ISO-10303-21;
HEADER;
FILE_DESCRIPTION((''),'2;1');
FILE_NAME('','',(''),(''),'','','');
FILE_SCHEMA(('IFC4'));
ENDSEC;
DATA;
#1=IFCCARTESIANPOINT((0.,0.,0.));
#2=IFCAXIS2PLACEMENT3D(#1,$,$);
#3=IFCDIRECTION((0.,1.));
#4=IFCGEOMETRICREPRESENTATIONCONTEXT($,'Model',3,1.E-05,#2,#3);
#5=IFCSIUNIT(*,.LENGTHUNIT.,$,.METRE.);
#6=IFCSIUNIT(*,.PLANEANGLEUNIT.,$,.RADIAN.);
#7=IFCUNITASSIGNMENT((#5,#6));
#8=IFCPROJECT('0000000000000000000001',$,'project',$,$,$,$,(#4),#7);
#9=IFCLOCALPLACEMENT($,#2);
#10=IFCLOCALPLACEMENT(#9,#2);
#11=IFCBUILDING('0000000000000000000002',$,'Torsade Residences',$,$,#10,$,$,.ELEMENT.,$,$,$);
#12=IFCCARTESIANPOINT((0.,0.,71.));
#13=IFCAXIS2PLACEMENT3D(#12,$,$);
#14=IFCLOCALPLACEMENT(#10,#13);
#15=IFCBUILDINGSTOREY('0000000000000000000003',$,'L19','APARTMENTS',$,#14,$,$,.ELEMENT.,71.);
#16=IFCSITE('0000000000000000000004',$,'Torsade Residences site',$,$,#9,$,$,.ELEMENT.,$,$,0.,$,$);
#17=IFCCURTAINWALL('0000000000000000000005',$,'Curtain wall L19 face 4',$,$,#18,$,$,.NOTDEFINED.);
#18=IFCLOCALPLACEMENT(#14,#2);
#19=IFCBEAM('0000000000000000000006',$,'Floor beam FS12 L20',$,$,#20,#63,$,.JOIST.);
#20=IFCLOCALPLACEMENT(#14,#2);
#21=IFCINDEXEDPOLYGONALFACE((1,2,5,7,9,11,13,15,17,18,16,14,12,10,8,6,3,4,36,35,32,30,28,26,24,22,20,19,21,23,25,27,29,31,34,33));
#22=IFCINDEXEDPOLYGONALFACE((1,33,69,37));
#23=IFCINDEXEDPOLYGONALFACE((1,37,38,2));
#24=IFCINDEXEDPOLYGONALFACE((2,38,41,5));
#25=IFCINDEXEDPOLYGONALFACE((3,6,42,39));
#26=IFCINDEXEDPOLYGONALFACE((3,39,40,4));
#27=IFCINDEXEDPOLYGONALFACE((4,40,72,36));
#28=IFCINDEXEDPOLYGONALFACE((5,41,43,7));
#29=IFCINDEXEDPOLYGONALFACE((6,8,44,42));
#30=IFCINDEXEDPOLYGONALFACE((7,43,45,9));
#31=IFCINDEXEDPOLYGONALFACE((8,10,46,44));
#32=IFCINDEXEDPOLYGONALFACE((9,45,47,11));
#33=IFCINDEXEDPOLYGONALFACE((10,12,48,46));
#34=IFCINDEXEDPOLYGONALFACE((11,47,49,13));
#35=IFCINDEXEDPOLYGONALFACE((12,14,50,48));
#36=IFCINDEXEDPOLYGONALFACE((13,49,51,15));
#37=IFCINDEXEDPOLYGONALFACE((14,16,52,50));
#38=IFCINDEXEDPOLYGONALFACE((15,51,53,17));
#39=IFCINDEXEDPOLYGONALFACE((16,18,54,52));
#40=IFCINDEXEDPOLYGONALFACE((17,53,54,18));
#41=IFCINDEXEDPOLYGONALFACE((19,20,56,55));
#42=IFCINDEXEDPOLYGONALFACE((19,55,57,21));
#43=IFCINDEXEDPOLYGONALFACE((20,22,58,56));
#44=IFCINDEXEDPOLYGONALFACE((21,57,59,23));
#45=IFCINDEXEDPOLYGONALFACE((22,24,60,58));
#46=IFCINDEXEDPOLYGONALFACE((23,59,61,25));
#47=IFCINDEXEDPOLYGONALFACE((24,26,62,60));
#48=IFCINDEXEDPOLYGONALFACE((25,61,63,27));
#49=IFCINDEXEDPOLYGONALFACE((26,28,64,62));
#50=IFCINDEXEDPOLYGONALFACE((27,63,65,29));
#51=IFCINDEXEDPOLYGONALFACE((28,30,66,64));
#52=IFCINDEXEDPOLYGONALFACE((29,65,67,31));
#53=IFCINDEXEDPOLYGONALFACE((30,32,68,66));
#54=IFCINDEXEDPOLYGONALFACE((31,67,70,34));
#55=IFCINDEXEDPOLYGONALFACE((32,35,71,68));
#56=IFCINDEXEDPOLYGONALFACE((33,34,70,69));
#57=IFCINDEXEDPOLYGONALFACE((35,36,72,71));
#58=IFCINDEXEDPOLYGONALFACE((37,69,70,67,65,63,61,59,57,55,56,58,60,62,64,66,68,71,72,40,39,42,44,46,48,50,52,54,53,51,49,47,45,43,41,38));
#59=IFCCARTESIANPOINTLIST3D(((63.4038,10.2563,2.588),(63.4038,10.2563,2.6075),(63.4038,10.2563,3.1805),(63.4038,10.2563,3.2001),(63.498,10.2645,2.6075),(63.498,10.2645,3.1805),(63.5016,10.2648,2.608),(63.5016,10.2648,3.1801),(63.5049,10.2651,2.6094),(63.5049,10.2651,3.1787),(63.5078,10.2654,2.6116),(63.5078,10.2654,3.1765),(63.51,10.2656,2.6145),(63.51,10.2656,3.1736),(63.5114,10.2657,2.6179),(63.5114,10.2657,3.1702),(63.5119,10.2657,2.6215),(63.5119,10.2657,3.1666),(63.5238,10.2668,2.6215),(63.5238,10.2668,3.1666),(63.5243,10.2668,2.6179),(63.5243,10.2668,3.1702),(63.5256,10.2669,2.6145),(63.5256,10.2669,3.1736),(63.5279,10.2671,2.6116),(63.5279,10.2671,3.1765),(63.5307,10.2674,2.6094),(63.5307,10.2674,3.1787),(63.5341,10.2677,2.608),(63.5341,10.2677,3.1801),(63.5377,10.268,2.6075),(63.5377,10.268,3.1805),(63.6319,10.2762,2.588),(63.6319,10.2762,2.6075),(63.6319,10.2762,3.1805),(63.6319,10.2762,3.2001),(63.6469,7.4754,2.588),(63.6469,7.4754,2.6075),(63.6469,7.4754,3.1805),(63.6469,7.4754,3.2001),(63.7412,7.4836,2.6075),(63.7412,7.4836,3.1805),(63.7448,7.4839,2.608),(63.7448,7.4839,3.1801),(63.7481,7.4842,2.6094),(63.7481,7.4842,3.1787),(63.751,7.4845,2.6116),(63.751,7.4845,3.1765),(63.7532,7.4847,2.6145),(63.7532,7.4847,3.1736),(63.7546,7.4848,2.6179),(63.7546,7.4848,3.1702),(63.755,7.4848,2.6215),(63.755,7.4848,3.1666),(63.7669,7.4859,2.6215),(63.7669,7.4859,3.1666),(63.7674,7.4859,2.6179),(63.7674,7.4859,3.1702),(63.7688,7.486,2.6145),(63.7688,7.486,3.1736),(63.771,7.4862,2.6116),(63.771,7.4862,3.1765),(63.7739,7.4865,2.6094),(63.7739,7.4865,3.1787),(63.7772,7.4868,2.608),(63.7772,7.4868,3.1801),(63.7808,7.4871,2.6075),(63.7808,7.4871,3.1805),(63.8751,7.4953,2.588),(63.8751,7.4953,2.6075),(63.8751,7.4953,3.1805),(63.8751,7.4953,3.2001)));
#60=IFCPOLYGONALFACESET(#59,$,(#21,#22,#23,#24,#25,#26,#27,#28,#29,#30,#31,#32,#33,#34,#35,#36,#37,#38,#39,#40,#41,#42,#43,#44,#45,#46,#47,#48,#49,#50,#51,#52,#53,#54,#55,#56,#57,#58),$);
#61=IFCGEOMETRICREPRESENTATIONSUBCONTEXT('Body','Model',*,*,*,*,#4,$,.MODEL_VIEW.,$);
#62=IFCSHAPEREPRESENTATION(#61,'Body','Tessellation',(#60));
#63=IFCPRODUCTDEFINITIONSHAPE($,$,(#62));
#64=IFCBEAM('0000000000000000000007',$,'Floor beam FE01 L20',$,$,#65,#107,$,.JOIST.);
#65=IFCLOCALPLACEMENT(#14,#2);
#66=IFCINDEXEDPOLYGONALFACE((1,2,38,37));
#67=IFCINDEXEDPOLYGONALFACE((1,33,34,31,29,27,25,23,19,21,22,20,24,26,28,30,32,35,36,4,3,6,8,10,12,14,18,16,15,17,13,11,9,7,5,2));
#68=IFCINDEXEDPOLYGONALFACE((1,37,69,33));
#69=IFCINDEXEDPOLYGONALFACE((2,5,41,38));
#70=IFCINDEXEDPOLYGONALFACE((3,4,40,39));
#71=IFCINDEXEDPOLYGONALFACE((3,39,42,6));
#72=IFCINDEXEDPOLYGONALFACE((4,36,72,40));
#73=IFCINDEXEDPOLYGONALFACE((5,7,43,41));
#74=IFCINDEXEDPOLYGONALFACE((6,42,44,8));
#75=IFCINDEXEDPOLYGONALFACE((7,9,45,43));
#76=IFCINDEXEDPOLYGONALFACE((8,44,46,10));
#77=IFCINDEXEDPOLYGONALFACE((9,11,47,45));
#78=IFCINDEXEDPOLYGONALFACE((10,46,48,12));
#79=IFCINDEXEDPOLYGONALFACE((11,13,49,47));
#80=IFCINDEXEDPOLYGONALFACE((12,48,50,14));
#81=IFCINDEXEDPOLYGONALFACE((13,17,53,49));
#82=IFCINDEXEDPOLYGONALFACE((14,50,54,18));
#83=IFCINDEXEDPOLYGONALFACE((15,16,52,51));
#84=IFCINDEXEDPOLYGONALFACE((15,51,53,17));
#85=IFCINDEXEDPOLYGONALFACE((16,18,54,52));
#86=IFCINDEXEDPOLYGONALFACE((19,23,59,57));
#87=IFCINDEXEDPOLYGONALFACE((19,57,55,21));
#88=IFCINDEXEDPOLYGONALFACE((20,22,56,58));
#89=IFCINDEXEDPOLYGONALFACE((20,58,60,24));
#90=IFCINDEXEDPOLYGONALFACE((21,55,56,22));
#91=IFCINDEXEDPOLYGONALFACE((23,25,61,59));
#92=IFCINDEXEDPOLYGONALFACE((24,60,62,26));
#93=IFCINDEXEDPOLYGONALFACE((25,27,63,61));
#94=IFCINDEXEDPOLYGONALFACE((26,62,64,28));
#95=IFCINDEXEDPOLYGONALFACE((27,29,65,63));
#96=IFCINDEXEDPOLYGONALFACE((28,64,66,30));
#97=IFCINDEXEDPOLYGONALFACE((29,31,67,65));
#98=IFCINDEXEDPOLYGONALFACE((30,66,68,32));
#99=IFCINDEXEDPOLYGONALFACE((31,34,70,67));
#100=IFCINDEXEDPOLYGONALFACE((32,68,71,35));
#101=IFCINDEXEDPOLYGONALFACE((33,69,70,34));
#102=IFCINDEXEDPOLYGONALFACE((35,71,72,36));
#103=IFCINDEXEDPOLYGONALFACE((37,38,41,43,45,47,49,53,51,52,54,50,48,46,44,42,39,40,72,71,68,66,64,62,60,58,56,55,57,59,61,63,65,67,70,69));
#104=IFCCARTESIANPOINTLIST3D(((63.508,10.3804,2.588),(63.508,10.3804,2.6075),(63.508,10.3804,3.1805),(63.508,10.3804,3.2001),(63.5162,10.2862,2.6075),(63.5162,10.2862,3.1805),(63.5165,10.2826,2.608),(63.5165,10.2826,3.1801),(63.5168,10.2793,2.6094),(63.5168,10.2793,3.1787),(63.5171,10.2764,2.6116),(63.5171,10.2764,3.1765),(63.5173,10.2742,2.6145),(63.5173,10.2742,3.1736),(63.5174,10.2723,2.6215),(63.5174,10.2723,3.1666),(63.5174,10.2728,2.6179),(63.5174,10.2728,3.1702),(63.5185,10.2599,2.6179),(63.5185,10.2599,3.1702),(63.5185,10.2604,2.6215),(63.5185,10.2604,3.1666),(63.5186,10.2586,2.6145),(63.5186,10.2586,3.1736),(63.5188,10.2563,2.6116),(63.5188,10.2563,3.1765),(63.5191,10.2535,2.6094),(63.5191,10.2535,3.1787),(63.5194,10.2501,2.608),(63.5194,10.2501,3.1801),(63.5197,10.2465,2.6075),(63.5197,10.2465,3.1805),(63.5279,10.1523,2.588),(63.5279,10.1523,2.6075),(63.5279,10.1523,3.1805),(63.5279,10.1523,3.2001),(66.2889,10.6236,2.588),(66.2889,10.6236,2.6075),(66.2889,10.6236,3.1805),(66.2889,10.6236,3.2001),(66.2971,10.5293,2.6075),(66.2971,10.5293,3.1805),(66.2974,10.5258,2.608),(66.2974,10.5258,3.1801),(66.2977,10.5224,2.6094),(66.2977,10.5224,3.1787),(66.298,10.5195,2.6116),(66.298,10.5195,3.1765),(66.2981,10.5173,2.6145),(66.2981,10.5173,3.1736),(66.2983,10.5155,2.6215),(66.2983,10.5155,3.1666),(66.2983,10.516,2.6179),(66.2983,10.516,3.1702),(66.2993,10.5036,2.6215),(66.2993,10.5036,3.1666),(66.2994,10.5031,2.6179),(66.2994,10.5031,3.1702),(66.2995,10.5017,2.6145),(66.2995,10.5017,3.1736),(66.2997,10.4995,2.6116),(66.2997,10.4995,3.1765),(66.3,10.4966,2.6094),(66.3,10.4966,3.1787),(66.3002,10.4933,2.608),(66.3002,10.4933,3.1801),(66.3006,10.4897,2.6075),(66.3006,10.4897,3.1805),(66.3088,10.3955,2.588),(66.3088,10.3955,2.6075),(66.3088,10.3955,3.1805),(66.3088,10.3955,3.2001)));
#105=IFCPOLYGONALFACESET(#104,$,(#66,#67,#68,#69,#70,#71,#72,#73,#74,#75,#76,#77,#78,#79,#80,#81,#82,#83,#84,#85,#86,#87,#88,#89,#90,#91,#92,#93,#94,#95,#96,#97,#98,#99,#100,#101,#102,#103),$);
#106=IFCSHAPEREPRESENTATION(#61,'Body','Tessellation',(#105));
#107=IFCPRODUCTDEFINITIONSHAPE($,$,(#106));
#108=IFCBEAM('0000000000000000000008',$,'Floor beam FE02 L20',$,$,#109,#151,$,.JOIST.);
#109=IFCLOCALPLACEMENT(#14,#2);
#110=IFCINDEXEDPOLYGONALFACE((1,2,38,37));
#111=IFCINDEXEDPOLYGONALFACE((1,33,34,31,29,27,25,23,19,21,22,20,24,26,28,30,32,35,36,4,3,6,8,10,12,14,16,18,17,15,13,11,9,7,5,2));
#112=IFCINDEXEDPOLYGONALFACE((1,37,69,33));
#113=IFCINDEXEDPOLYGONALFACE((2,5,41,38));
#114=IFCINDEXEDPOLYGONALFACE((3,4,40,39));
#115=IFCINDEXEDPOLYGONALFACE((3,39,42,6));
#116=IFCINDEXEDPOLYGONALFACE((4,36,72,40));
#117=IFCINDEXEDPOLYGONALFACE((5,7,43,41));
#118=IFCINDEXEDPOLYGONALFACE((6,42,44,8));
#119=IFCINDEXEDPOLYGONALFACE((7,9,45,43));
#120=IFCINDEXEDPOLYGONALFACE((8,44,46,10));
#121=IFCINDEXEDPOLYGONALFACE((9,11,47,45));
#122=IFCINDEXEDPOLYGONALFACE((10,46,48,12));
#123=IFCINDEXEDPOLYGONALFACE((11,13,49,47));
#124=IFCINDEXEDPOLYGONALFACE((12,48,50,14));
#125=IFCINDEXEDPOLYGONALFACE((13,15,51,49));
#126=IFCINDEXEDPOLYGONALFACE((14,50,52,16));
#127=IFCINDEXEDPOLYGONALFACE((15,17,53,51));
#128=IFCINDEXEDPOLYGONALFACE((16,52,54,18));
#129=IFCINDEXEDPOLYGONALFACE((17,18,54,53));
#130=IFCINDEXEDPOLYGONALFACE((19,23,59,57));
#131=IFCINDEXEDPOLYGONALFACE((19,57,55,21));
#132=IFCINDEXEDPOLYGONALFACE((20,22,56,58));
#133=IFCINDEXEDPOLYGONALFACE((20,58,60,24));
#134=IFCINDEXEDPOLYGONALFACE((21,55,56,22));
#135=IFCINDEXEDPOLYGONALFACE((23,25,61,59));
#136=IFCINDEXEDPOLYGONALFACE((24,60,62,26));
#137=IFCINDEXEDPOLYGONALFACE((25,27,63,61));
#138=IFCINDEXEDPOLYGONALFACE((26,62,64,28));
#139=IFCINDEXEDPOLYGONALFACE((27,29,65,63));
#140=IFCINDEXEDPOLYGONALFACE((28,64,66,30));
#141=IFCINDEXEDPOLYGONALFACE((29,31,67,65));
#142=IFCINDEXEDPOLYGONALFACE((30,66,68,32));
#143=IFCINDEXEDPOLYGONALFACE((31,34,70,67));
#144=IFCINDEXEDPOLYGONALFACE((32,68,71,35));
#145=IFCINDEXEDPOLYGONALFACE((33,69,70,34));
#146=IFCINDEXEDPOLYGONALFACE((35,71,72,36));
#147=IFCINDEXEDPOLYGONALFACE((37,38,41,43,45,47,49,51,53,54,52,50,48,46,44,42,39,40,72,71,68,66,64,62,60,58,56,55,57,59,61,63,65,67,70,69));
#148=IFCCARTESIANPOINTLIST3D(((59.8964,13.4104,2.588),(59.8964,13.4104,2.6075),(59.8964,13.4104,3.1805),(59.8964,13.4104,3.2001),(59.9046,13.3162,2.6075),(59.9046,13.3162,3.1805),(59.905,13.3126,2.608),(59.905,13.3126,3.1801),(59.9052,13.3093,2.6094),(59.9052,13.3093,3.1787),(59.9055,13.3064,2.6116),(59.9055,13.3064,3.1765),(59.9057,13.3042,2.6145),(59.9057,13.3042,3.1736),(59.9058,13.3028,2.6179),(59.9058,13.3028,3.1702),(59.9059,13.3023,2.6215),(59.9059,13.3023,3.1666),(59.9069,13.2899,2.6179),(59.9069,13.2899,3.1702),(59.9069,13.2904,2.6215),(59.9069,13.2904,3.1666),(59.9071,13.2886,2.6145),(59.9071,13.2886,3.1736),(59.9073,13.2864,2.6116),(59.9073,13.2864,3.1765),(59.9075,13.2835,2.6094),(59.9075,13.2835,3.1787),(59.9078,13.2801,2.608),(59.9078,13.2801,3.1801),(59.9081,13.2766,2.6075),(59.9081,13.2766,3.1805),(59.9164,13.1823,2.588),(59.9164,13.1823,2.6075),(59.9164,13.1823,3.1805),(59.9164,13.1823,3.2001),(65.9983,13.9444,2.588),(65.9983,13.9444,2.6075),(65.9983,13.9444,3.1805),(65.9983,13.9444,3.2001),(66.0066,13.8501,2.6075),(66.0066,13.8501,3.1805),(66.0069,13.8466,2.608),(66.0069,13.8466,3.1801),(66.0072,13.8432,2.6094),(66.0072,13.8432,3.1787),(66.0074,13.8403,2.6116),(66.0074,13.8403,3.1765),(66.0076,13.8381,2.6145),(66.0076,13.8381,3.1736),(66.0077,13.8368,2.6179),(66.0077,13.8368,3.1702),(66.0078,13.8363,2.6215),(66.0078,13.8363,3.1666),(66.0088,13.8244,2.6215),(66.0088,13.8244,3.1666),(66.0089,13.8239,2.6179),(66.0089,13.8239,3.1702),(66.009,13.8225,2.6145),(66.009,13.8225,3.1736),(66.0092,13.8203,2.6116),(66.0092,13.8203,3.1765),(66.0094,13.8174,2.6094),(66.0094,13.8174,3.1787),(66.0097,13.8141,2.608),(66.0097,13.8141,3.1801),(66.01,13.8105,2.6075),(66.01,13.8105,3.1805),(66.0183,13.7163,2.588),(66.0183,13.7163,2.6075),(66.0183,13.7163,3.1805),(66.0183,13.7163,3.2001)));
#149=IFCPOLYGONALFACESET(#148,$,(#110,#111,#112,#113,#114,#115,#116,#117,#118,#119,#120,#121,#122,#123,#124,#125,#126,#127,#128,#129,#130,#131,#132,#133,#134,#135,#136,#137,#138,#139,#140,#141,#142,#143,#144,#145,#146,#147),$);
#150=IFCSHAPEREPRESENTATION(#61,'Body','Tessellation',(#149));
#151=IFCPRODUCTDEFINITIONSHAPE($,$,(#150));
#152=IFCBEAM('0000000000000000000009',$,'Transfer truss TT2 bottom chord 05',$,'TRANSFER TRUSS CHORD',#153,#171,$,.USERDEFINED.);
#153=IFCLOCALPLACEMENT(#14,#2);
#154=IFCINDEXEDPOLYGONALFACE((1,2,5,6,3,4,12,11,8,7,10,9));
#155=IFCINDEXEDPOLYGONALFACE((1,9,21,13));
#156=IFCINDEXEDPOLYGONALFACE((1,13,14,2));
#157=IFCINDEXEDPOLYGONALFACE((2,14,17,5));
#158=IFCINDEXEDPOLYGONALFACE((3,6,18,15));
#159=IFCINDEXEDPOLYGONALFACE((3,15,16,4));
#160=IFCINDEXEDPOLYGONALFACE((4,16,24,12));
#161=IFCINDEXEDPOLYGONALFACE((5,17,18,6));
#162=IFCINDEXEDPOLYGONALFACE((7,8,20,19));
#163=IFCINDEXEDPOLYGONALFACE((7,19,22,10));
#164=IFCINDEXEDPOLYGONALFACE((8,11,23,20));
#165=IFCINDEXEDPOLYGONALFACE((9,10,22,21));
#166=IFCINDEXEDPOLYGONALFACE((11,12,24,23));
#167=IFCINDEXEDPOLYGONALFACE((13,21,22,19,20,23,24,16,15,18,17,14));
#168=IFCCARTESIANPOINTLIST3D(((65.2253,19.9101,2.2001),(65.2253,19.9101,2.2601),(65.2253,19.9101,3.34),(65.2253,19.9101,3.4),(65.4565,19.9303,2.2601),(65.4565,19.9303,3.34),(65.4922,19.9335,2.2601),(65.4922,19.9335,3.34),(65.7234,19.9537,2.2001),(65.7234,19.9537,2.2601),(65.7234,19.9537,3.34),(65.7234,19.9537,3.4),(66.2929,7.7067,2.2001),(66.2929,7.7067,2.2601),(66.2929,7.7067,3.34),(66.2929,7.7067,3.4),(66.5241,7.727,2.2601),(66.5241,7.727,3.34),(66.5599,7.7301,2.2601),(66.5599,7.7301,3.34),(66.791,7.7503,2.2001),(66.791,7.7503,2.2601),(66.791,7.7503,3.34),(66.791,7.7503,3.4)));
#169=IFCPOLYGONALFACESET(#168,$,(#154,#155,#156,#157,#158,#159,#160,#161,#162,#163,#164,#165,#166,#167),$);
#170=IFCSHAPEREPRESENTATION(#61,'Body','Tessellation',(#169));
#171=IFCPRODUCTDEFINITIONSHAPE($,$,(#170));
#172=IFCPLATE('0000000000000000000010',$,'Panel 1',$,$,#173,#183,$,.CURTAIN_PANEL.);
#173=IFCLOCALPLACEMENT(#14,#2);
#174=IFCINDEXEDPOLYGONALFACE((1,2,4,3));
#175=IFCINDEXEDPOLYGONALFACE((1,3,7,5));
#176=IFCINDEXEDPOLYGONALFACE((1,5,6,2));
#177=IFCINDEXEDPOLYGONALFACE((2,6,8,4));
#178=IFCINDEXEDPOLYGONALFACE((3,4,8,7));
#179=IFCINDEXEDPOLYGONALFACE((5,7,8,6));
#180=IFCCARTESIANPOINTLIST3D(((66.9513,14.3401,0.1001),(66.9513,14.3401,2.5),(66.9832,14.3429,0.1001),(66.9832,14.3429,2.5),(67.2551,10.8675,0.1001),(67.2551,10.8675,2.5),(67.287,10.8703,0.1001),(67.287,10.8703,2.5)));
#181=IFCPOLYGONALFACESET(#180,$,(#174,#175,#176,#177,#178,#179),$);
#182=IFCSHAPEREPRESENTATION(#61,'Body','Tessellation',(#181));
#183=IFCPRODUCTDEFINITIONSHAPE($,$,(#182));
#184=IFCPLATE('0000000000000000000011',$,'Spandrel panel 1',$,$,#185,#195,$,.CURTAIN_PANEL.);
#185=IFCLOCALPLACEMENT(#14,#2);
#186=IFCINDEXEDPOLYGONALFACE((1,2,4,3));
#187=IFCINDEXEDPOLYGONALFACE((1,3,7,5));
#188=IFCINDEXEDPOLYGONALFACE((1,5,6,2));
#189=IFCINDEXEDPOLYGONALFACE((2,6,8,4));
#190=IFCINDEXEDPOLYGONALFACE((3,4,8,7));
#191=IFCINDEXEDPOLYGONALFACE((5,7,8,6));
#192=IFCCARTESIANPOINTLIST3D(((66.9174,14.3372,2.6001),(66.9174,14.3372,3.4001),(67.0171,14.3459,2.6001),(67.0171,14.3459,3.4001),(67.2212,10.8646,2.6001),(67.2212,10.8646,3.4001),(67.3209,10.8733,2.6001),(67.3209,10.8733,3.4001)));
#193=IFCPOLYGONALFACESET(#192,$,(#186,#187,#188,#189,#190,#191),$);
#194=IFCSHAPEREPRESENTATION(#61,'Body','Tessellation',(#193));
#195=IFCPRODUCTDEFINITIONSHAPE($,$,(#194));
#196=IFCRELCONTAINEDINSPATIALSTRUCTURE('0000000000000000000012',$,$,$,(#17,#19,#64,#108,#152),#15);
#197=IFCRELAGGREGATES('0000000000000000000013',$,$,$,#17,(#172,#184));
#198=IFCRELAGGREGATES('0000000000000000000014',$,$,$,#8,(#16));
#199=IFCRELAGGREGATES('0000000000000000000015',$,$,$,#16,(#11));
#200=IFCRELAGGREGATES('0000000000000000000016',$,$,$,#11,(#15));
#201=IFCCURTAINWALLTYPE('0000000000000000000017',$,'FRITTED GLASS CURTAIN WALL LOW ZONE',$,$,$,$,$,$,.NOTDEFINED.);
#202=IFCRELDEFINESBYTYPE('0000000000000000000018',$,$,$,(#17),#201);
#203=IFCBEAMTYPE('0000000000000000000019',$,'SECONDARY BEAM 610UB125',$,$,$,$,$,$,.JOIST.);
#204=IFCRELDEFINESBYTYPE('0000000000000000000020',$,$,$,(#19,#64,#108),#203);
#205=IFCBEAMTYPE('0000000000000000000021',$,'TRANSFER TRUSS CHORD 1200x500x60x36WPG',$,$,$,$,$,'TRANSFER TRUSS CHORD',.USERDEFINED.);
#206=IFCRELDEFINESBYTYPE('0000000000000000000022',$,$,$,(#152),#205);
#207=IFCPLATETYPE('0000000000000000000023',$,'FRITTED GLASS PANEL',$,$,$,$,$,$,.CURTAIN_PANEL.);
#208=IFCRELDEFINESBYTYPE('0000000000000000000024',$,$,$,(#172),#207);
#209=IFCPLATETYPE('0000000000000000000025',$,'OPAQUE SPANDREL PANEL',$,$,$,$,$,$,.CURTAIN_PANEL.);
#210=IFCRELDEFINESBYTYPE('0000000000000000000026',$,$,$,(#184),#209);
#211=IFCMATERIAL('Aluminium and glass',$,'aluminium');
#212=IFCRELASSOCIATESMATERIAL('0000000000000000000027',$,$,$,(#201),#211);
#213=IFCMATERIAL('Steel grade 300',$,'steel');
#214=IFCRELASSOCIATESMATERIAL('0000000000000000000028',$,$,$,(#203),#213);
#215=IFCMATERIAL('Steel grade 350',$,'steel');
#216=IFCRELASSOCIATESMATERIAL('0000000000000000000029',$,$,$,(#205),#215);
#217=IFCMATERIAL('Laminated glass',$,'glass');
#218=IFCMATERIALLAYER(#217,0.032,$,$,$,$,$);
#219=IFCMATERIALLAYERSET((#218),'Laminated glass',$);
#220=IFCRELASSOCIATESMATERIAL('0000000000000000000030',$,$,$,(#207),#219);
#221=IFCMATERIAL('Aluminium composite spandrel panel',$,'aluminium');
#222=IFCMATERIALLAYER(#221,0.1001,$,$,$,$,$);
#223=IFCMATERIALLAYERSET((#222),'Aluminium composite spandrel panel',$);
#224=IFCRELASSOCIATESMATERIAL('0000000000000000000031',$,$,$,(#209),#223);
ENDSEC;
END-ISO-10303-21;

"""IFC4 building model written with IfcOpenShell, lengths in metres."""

from ifc_helpers import new_model, si_unit, direction, frame, origin, origin_2d, place, context, subcontext, project, spatial, rectangle, i_section, extrude, material, layer, layer_set, material_profile, profile_set, type_object, element, aggregate, save


model = new_model("IFC4")

# Units and contexts
model_context = context("Model", 3, precision=1e-05, world=origin(), true_north=direction((0.0, 1.0)))
body_context = subcontext(model_context, "Body", "Model", "MODEL_VIEW")
ifc_project = project(units=[si_unit("LENGTHUNIT", "METRE"), si_unit("PLANEANGLEUNIT", "RADIAN")], contexts=[model_context])

# Site, building, storey
site_placement = place(None, origin())
site = spatial("IfcSite", under=ifc_project, at=site_placement, Name="Torsade Residences site", CompositionType="ELEMENT", RefElevation=0.0)
building_placement = place(site_placement, origin())
building = spatial("IfcBuilding", under=site, at=building_placement, Name="Torsade Residences", CompositionType="ELEMENT")
storey_placement = place(building_placement, frame((0.0, 0.0, 71.0)))
storey = spatial("IfcBuildingStorey", under=building, at=storey_placement, Name="L19", Description="APARTMENTS", CompositionType="ELEMENT", Elevation=71.0)

# Curtain wall
ifc_material_1 = material(Name="Aluminium and glass", Category="aluminium")
curtain_wall_type = type_object("IfcCurtainWallType", Name="FRITTED GLASS CURTAIN WALL LOW ZONE", PredefinedType="NOTDEFINED", material=ifc_material_1)
curtain_wall_placement = place(storey_placement, origin())
curtain_wall = element("IfcCurtainWall", 1, at=curtain_wall_placement, inside=storey, type_object=curtain_wall_type, Name="Curtain wall L19 face 4", PredefinedType="NOTDEFINED")

# Beams
ifc_material_2 = material(Name="Steel grade 300", Category="steel")
ifc_material_profile_1 = material_profile(ifc_material_2, i_section(OverallWidth=0.229, OverallDepth=0.6121, WebThickness=0.012, FlangeThickness=0.0195, FilletRadius=0.0139, at=origin_2d()), Name="610UB125")
ifc_profile_set_1 = profile_set([ifc_material_profile_1], Name="Steel grade 300")
beam_type_1 = type_object("IfcBeamType", Name="SECONDARY BEAM 610UB125", PredefinedType="JOIST", material=ifc_profile_set_1)
for number, where, z_axis, x_axis, name in (
    (2, (63.761, 7.4854, 2.894), (-0.087105, 0.996199, 0.0), (-0.996199, -0.087105, 0.0), "Floor beam FS12 L20"),
    (3, (66.2988, 10.5095, 2.894), (-0.996199, -0.087105, 0.0), (0.087105, -0.996199, 0.0), "Floor beam FE01 L20"),
):
    element("IfcBeam", number, at=place(storey_placement, frame(where, z_axis=z_axis, x_axis=x_axis)), inside=storey, type_object=beam_type_1, Name=name, PredefinedType="JOIST", context=body_context, shape_type="SweptSolid", body=[
        extrude(i_section(OverallWidth=0.229, OverallDepth=0.6121, WebThickness=0.012, FlangeThickness=0.0195, FilletRadius=0.0139, at=origin_2d()), origin(), (0.0, 0.0, 1.0), 2.7915),
    ])
beam_1_placement = place(storey_placement, frame((66.0083, 13.8303, 2.894), z_axis=(-0.996193, -0.087171, 0.0), x_axis=(0.087171, -0.996193, 0.0)))
element("IfcBeam", 4, at=beam_1_placement, inside=storey, type_object=beam_type_1, Name="Floor beam FE02 L20", PredefinedType="JOIST", context=body_context, shape_type="SweptSolid", body=[
    extrude(i_section(OverallWidth=0.229, OverallDepth=0.6121, WebThickness=0.012, FlangeThickness=0.0195, FilletRadius=0.0139, at=origin_2d()), origin(), (0.0, 0.0, 1.0), 6.1252),
])
ifc_material_3 = material(Name="Steel grade 350", Category="steel")
ifc_material_profile_2 = material_profile(ifc_material_3, i_section(OverallWidth=0.5, OverallDepth=1.2, WebThickness=0.0359, FlangeThickness=0.0601, at=origin_2d()), Name="1200x500x60x36WPG")
ifc_profile_set_2 = profile_set([ifc_material_profile_2], Name="Steel grade 350")
beam_type_2 = type_object("IfcBeamType", Name="TRANSFER TRUSS CHORD 1200x500x60x36WPG", ElementType="TRANSFER TRUSS CHORD", PredefinedType="USERDEFINED", material=ifc_profile_set_2)
beam_2_placement = place(storey_placement, frame((66.542, 7.7285, 2.8), z_axis=(-0.087153, 0.996195, 0.0), x_axis=(-0.996195, -0.087153, 0.0)))
element("IfcBeam", 5, at=beam_2_placement, inside=storey, type_object=beam_type_2, Name="Transfer truss TT2 bottom chord 05", ObjectType="TRANSFER TRUSS CHORD", PredefinedType="USERDEFINED", context=body_context, shape_type="SweptSolid", body=[
    extrude(i_section(OverallWidth=0.5, OverallDepth=1.2, WebThickness=0.0359, FlangeThickness=0.0601, at=origin_2d()), origin(), (0.0, 0.0, 1.0), 12.25),
])

# Plates
ifc_material_4 = material(Name="Laminated glass", Category="glass")
ifc_layer_1 = layer(ifc_material_4, 0.032)
ifc_layer_set_1 = layer_set([ifc_layer_1], Name="Laminated glass")
plate_type_1 = type_object("IfcPlateType", Name="FRITTED GLASS PANEL", PredefinedType="CURTAIN_PANEL", material=ifc_layer_set_1)
plate_1_placement = place(storey_placement, frame((67.1191, 12.6052, 0.1001), z_axis=(0.0, 0.0, 1.0), x_axis=(-0.087156, 0.996195, 0.0)))
plate_1 = element("IfcPlate", 6, at=plate_1_placement, type_object=plate_type_1, Name="Panel 1", PredefinedType="CURTAIN_PANEL", context=body_context, shape_type="SweptSolid", body=[
    extrude(rectangle(XDim=3.4858, YDim=0.032, at=origin_2d()), origin(), (0.0, 0.0, 1.0), 2.3999),
])
ifc_material_5 = material(Name="Aluminium composite spandrel panel", Category="aluminium")
ifc_layer_2 = layer(ifc_material_5, 0.1001)
ifc_layer_set_2 = layer_set([ifc_layer_2], Name="Aluminium composite spandrel panel")
plate_type_2 = type_object("IfcPlateType", Name="OPAQUE SPANDREL PANEL", PredefinedType="CURTAIN_PANEL", material=ifc_layer_set_2)
plate_2_placement = place(storey_placement, frame((67.1191, 12.6052, 2.6001), z_axis=(0.0, 0.0, 1.0), x_axis=(-0.087156, 0.996195, 0.0)))
plate_2 = element("IfcPlate", 7, at=plate_2_placement, type_object=plate_type_2, Name="Spandrel panel 1", PredefinedType="CURTAIN_PANEL", context=body_context, shape_type="SweptSolid", body=[
    extrude(rectangle(XDim=3.4858, YDim=0.1001, at=origin_2d()), origin(), (0.0, 0.0, 1.0), 0.8),
])
aggregate(curtain_wall, [plate_1, plate_2])

save(model, "model.ifc")
